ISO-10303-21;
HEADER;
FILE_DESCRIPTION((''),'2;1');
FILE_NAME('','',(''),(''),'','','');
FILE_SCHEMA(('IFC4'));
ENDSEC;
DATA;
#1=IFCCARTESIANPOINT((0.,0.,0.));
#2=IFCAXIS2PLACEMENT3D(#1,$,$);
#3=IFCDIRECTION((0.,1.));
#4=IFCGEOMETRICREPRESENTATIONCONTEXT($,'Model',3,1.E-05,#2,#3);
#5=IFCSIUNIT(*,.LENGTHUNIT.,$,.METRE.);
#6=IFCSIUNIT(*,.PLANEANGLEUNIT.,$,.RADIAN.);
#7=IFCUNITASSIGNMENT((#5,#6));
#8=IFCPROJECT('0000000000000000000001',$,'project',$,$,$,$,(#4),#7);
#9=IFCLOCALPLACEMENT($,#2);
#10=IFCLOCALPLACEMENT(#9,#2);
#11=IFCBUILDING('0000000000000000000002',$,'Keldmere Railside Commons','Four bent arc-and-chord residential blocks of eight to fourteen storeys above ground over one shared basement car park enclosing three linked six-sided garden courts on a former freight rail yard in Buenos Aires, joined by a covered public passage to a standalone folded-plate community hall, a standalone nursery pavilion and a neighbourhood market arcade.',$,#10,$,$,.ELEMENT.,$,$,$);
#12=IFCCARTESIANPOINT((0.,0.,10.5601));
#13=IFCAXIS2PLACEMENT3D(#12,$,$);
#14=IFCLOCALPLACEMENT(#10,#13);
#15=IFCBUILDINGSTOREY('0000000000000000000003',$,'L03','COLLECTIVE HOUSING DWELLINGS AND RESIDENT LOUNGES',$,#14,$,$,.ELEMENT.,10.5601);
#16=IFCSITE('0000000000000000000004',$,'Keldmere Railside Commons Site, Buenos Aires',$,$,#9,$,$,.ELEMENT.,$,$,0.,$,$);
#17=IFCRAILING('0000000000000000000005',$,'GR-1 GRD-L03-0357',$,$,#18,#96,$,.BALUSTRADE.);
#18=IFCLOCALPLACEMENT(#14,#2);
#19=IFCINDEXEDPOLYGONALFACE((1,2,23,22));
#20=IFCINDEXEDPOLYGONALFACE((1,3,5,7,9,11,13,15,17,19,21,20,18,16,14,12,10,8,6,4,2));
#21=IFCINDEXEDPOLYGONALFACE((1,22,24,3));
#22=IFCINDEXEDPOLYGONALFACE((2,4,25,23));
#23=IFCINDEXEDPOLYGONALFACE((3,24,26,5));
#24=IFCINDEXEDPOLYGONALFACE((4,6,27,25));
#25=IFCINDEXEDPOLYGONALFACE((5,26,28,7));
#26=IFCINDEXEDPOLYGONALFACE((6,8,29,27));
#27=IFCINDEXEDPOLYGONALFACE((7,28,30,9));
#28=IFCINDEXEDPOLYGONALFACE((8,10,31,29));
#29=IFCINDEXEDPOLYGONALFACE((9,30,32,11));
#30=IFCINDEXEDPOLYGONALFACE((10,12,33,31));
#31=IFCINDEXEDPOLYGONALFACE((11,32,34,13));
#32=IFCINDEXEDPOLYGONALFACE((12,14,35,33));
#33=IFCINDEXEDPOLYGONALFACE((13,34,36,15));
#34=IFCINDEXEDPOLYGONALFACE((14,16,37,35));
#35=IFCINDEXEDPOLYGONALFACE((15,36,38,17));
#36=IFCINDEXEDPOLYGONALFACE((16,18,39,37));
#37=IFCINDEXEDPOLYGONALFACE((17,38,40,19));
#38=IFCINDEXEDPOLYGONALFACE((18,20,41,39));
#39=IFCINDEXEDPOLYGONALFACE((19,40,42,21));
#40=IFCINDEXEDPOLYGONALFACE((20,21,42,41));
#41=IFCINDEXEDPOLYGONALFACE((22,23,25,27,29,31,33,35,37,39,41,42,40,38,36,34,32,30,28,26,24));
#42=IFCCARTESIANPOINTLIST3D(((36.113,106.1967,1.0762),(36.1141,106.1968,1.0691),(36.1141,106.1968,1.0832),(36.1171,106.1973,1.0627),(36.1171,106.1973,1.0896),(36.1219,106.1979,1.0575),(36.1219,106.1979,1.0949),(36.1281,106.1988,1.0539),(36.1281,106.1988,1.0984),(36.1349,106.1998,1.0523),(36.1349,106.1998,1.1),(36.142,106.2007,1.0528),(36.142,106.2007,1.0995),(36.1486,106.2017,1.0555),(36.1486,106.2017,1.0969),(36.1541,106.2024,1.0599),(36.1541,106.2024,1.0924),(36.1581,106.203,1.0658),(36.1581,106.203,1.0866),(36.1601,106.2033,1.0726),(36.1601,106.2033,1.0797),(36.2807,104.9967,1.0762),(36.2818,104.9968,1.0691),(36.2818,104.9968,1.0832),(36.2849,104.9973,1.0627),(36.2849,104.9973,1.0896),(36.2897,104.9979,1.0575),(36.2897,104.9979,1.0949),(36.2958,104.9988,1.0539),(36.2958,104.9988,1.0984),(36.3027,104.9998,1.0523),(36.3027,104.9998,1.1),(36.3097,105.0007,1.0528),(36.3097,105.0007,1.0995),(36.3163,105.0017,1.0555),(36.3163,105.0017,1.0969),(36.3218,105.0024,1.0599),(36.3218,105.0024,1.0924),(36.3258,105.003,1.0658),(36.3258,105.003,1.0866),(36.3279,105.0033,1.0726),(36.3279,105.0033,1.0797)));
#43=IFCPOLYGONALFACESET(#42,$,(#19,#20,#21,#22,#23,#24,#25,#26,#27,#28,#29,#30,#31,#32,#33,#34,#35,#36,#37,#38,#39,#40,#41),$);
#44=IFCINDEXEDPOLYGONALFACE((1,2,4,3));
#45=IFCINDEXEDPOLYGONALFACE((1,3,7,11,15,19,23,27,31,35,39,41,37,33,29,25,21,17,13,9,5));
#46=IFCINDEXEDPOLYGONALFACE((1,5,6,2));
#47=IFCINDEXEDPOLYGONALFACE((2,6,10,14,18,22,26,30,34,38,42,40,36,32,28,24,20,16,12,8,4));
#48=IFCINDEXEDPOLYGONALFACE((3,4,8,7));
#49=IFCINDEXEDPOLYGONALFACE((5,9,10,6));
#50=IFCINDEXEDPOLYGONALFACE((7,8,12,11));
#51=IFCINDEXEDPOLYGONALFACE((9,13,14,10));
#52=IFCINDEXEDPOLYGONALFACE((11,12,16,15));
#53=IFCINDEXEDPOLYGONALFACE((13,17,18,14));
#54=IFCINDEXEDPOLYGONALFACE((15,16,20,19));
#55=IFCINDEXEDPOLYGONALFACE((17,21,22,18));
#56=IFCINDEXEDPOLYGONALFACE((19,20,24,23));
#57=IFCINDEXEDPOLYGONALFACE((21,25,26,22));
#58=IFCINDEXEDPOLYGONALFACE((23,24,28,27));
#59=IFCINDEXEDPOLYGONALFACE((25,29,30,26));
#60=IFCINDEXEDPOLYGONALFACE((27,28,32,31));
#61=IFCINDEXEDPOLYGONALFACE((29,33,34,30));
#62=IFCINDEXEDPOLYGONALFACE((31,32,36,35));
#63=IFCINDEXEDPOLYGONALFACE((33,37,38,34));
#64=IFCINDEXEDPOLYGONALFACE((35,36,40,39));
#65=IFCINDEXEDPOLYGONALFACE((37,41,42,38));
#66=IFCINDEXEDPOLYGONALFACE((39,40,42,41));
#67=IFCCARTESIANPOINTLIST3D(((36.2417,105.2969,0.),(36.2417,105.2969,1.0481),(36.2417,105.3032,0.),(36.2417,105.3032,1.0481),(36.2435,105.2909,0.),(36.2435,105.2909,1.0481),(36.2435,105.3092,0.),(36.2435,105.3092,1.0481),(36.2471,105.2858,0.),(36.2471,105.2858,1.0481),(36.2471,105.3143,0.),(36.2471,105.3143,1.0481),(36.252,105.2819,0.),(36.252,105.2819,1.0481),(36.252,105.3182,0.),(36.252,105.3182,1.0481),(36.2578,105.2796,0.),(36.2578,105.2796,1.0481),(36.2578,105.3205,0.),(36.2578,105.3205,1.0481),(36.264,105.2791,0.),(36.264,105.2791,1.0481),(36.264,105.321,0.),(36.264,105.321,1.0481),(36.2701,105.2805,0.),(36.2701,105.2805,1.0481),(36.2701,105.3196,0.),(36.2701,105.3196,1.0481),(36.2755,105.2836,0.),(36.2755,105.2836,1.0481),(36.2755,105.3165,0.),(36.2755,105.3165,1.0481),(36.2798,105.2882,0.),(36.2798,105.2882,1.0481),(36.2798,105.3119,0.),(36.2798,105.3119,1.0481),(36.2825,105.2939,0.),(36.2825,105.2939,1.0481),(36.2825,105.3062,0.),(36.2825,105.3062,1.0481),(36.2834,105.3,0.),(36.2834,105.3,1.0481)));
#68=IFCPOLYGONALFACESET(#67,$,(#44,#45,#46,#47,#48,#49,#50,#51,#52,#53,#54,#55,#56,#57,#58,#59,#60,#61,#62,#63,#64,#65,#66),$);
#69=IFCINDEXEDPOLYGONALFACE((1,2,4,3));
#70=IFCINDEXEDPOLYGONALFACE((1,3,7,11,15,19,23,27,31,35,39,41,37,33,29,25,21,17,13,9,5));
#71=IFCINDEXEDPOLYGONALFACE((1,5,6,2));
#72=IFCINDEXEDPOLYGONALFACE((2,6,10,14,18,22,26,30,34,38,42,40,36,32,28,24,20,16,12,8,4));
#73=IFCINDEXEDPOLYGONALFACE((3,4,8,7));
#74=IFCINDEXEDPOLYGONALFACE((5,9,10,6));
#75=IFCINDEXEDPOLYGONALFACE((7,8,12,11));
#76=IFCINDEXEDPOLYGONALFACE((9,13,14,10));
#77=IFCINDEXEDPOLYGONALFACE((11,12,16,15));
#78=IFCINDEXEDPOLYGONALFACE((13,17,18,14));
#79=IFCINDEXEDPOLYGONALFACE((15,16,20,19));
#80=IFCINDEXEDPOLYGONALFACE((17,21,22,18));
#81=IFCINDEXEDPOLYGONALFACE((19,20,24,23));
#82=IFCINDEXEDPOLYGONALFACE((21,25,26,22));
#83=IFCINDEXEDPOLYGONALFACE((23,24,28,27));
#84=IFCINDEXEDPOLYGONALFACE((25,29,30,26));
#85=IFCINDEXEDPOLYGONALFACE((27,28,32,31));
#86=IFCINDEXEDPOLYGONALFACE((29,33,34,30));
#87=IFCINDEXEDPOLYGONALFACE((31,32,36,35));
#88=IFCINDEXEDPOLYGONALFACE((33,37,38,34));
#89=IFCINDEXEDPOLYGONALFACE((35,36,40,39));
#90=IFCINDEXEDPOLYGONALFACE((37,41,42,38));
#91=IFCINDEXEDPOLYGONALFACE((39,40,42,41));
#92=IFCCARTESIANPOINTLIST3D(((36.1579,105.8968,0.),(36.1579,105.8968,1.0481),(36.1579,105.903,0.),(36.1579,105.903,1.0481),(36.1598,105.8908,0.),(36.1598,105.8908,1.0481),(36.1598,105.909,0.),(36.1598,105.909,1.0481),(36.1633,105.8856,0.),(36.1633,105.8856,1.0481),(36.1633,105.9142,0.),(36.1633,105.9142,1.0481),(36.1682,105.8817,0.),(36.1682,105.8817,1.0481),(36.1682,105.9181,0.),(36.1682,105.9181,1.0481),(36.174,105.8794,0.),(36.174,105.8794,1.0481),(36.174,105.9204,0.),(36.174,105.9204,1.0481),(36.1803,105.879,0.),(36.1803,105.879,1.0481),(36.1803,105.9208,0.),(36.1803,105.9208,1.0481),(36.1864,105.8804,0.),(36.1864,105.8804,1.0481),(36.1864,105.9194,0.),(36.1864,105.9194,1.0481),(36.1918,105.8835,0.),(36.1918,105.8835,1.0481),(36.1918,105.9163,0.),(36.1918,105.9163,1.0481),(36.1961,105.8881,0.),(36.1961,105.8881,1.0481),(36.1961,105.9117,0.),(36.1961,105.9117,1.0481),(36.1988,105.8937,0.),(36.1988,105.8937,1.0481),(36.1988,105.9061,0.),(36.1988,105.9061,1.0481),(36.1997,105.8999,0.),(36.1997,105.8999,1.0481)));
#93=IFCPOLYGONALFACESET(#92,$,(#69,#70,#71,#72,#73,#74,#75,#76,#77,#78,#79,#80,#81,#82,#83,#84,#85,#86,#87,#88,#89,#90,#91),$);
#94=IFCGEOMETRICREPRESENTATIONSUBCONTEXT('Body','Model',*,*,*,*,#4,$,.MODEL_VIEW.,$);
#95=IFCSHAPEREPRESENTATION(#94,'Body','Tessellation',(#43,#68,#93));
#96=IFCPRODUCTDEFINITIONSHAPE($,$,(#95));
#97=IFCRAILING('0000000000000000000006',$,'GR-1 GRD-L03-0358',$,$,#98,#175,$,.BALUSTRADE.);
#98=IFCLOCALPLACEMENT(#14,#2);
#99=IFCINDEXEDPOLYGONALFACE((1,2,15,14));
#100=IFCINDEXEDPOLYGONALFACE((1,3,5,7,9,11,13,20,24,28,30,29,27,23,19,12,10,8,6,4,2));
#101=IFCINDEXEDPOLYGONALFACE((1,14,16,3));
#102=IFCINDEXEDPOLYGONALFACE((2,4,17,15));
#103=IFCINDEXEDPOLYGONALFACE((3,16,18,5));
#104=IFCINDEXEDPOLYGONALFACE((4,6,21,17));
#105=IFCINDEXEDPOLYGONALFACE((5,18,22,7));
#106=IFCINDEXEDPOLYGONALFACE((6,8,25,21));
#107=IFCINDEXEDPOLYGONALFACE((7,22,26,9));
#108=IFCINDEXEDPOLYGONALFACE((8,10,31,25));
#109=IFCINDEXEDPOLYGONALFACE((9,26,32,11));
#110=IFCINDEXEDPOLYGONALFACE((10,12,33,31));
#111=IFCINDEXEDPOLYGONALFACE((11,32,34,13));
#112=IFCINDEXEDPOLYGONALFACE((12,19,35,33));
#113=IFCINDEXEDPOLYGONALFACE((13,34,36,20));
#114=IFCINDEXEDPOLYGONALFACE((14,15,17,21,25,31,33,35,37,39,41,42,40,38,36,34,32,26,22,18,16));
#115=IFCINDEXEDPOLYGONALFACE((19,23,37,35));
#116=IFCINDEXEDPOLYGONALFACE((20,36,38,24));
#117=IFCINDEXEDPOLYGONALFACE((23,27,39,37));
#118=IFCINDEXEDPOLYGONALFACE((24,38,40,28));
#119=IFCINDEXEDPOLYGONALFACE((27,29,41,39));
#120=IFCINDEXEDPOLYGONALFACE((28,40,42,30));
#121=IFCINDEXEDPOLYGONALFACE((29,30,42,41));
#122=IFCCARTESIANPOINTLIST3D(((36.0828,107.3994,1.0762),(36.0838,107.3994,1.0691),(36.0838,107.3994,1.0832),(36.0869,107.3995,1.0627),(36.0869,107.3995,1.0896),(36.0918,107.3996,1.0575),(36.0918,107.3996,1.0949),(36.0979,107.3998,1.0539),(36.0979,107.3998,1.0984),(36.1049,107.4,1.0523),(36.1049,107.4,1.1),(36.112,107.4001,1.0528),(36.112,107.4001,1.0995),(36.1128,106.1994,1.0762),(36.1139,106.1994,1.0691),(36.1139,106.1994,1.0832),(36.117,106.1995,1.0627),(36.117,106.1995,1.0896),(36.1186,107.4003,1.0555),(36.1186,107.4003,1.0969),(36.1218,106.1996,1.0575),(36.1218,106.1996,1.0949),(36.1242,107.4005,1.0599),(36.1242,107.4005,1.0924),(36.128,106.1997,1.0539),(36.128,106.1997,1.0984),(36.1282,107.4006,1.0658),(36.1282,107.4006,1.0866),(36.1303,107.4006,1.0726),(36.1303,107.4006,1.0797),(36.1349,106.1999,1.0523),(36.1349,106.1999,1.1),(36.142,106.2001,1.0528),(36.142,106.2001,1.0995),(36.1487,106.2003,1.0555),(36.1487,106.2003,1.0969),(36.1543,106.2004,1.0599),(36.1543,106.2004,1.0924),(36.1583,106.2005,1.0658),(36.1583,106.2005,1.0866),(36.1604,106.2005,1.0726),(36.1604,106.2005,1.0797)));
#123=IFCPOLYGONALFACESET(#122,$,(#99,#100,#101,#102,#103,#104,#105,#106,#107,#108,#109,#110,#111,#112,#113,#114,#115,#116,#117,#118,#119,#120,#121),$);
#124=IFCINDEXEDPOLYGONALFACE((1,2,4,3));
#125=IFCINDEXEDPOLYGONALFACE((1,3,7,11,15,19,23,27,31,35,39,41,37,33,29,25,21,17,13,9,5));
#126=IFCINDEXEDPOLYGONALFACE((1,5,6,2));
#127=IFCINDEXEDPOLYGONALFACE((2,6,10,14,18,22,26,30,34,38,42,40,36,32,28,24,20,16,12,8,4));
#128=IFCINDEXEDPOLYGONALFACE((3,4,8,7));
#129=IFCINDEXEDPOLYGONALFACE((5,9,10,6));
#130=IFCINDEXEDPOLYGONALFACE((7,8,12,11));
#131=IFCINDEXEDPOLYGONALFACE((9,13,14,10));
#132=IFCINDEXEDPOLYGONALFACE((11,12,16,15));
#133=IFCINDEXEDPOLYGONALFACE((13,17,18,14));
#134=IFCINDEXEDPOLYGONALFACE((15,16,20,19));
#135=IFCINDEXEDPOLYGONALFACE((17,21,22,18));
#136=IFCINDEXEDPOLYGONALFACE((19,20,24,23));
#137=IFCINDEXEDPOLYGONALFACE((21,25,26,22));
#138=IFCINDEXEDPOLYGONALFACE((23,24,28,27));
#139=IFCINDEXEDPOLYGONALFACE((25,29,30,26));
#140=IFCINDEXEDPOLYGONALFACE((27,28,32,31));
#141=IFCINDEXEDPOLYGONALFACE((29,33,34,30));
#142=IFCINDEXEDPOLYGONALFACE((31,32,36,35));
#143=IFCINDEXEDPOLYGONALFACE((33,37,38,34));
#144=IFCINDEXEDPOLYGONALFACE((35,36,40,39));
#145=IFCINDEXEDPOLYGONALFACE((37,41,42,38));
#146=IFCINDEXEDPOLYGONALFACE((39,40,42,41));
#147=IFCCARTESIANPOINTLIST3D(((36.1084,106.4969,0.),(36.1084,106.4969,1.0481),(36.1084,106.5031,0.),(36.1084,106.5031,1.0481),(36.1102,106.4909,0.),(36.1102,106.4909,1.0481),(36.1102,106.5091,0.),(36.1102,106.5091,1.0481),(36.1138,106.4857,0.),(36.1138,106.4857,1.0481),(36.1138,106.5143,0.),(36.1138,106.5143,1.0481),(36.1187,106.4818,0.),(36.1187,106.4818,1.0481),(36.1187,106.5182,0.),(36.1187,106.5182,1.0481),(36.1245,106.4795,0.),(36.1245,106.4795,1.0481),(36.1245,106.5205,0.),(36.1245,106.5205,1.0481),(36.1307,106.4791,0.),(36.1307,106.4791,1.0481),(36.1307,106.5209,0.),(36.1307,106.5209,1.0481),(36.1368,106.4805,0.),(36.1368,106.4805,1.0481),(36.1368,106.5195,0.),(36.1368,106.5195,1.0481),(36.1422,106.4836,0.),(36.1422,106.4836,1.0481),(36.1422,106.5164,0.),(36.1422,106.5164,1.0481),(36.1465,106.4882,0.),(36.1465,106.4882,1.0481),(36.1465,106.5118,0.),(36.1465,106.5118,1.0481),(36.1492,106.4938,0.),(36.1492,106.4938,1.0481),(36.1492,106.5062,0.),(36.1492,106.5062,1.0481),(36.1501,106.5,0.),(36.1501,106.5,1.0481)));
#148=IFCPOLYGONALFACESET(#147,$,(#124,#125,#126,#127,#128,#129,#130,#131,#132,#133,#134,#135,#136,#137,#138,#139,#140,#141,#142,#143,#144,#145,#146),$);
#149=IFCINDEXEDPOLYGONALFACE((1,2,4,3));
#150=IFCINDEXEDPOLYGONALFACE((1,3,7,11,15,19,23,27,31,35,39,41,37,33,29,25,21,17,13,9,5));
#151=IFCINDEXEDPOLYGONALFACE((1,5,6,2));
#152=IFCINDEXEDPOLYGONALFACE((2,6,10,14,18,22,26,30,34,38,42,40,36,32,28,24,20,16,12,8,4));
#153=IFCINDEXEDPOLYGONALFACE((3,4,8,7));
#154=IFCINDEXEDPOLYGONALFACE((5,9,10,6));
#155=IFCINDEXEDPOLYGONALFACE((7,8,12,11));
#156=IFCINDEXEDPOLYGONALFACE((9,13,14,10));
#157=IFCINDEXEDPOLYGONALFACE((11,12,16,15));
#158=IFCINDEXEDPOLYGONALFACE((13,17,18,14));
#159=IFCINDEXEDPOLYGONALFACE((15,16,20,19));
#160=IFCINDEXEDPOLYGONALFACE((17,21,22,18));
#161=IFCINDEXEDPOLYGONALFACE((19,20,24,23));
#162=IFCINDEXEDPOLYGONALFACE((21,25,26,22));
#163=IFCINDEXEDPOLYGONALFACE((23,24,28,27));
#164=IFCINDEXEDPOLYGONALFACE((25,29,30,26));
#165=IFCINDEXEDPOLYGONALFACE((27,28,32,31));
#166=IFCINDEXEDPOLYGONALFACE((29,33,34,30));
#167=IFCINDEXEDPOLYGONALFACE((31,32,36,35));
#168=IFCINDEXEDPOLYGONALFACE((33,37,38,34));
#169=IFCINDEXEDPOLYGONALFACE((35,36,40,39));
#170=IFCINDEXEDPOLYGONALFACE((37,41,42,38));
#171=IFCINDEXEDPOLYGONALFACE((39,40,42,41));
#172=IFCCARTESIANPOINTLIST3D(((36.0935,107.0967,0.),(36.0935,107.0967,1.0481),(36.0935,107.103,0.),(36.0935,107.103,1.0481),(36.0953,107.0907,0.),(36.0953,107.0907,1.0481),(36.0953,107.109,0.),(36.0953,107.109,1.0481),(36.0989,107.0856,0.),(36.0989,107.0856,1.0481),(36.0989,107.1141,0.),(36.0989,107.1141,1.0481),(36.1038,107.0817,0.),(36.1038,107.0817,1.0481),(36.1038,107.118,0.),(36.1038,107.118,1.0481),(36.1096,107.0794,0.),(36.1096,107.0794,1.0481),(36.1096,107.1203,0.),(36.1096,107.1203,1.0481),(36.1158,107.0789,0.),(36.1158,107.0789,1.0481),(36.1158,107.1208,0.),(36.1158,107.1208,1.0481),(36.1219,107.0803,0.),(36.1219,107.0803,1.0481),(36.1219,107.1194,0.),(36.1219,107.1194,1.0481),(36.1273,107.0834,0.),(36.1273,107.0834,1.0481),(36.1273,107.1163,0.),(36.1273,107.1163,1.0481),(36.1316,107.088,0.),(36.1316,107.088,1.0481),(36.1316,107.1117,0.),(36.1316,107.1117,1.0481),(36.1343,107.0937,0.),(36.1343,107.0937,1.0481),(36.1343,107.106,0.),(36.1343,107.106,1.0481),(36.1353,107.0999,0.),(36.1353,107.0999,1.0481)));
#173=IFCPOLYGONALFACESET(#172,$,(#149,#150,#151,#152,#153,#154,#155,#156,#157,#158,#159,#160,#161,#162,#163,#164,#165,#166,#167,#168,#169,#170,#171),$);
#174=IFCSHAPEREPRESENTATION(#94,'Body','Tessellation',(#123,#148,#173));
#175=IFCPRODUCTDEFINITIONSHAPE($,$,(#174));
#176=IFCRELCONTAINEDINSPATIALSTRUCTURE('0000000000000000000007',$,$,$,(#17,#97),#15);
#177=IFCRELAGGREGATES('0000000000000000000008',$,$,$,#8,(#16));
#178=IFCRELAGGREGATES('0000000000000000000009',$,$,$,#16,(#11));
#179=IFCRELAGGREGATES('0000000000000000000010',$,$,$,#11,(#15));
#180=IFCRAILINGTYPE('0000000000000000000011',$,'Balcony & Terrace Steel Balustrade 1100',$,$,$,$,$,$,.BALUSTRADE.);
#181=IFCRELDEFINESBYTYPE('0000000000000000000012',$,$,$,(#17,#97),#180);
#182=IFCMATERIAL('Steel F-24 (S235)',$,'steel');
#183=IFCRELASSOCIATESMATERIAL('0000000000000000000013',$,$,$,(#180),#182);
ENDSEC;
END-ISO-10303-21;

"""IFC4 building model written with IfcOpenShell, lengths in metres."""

from ifc_helpers import new_model, si_unit, direction, frame, origin, origin_2d, place, context, subcontext, project, spatial, circle, extrude, material, type_object, element, save


model = new_model("IFC4")

# Units and contexts
model_context = context("Model", 3, precision=1e-05, world=origin(), true_north=direction((0.0, 1.0)))
body_context = subcontext(model_context, "Body", "Model", "MODEL_VIEW")
ifc_project = project(units=[si_unit("LENGTHUNIT", "METRE"), si_unit("PLANEANGLEUNIT", "RADIAN")], contexts=[model_context])

# Site, building, storey
site_placement = place(None, origin())
site = spatial("IfcSite", under=ifc_project, at=site_placement, Name="Keldmere Railside Commons Site, Buenos Aires", CompositionType="ELEMENT", RefElevation=0.0)
building_placement = place(site_placement, origin())
building = spatial("IfcBuilding", under=site, at=building_placement, Name="Keldmere Railside Commons", Description="Four bent arc-and-chord residential blocks of eight to fourteen storeys above ground over one shared basement car park enclosing three linked six-sided garden courts on a former freight rail yard in Buenos Aires, joined by a covered public passage to a standalone folded-plate community hall, a standalone nursery pavilion and a neighbourhood market arcade.", CompositionType="ELEMENT")
storey_placement = place(building_placement, frame((0.0, 0.0, 10.5601)))
storey = spatial("IfcBuildingStorey", under=building, at=storey_placement, Name="L03", Description="COLLECTIVE HOUSING DWELLINGS AND RESIDENT LOUNGES", CompositionType="ELEMENT", Elevation=10.5601)

# Shared definitions
ifc_material_1 = material(Name="Steel F-24 (S235)", Category="steel")

# Railings
railing_type_1 = type_object("IfcRailingType", Name="Balcony & Terrace Steel Balustrade 1100", PredefinedType="BALUSTRADE", material=ifc_material_1)
railing_1_placement = place(storey_placement, frame((36.3044, 105.0, 0.0)))
element("IfcRailing", 1, at=railing_1_placement, inside=storey, type_object=railing_type_1, Name="GR-1 GRD-L03-0357", PredefinedType="BALUSTRADE", context=body_context, shape_type="SweptSolid", body=[
    extrude(circle(Radius=0.0239, at=origin_2d()), frame((0.0, 0.0, 1.0762), z_axis=(-0.13843, 0.990372, 0.0), x_axis=(-0.990372, -0.13843, 0.0)), (0.0, 0.0, 1.0), 1.2117),
    extrude(circle(Radius=0.021, at=origin_2d()), frame((-0.042, 0.3, 0.0)), (0.0, 0.0, 1.0), 1.0481),
    extrude(circle(Radius=0.021, at=origin_2d()), frame((-0.1257, 0.8999, 0.0)), (0.0, 0.0, 1.0), 1.0481),
])
railing_2_placement = place(storey_placement, frame((36.1367, 106.2, 0.0)))
element("IfcRailing", 2, at=railing_2_placement, inside=storey, type_object=railing_type_1, Name="GR-1 GRD-L03-0358", PredefinedType="BALUSTRADE", context=body_context, shape_type="SweptSolid", body=[
    extrude(circle(Radius=0.0239, at=origin_2d()), frame((0.0, 0.0, 1.0762), z_axis=(-0.025018, 0.999687, 0.0), x_axis=(-0.999687, -0.025018, 0.0)), (0.0, 0.0, 1.0), 1.2004),
    extrude(circle(Radius=0.021, at=origin_2d()), frame((-0.0076, 0.3, 0.0)), (0.0, 0.0, 1.0), 1.0481),
    extrude(circle(Radius=0.021, at=origin_2d()), frame((-0.0225, 0.8999, 0.0)), (0.0, 0.0, 1.0), 1.0481),
])

save(model, "model.ifc")
